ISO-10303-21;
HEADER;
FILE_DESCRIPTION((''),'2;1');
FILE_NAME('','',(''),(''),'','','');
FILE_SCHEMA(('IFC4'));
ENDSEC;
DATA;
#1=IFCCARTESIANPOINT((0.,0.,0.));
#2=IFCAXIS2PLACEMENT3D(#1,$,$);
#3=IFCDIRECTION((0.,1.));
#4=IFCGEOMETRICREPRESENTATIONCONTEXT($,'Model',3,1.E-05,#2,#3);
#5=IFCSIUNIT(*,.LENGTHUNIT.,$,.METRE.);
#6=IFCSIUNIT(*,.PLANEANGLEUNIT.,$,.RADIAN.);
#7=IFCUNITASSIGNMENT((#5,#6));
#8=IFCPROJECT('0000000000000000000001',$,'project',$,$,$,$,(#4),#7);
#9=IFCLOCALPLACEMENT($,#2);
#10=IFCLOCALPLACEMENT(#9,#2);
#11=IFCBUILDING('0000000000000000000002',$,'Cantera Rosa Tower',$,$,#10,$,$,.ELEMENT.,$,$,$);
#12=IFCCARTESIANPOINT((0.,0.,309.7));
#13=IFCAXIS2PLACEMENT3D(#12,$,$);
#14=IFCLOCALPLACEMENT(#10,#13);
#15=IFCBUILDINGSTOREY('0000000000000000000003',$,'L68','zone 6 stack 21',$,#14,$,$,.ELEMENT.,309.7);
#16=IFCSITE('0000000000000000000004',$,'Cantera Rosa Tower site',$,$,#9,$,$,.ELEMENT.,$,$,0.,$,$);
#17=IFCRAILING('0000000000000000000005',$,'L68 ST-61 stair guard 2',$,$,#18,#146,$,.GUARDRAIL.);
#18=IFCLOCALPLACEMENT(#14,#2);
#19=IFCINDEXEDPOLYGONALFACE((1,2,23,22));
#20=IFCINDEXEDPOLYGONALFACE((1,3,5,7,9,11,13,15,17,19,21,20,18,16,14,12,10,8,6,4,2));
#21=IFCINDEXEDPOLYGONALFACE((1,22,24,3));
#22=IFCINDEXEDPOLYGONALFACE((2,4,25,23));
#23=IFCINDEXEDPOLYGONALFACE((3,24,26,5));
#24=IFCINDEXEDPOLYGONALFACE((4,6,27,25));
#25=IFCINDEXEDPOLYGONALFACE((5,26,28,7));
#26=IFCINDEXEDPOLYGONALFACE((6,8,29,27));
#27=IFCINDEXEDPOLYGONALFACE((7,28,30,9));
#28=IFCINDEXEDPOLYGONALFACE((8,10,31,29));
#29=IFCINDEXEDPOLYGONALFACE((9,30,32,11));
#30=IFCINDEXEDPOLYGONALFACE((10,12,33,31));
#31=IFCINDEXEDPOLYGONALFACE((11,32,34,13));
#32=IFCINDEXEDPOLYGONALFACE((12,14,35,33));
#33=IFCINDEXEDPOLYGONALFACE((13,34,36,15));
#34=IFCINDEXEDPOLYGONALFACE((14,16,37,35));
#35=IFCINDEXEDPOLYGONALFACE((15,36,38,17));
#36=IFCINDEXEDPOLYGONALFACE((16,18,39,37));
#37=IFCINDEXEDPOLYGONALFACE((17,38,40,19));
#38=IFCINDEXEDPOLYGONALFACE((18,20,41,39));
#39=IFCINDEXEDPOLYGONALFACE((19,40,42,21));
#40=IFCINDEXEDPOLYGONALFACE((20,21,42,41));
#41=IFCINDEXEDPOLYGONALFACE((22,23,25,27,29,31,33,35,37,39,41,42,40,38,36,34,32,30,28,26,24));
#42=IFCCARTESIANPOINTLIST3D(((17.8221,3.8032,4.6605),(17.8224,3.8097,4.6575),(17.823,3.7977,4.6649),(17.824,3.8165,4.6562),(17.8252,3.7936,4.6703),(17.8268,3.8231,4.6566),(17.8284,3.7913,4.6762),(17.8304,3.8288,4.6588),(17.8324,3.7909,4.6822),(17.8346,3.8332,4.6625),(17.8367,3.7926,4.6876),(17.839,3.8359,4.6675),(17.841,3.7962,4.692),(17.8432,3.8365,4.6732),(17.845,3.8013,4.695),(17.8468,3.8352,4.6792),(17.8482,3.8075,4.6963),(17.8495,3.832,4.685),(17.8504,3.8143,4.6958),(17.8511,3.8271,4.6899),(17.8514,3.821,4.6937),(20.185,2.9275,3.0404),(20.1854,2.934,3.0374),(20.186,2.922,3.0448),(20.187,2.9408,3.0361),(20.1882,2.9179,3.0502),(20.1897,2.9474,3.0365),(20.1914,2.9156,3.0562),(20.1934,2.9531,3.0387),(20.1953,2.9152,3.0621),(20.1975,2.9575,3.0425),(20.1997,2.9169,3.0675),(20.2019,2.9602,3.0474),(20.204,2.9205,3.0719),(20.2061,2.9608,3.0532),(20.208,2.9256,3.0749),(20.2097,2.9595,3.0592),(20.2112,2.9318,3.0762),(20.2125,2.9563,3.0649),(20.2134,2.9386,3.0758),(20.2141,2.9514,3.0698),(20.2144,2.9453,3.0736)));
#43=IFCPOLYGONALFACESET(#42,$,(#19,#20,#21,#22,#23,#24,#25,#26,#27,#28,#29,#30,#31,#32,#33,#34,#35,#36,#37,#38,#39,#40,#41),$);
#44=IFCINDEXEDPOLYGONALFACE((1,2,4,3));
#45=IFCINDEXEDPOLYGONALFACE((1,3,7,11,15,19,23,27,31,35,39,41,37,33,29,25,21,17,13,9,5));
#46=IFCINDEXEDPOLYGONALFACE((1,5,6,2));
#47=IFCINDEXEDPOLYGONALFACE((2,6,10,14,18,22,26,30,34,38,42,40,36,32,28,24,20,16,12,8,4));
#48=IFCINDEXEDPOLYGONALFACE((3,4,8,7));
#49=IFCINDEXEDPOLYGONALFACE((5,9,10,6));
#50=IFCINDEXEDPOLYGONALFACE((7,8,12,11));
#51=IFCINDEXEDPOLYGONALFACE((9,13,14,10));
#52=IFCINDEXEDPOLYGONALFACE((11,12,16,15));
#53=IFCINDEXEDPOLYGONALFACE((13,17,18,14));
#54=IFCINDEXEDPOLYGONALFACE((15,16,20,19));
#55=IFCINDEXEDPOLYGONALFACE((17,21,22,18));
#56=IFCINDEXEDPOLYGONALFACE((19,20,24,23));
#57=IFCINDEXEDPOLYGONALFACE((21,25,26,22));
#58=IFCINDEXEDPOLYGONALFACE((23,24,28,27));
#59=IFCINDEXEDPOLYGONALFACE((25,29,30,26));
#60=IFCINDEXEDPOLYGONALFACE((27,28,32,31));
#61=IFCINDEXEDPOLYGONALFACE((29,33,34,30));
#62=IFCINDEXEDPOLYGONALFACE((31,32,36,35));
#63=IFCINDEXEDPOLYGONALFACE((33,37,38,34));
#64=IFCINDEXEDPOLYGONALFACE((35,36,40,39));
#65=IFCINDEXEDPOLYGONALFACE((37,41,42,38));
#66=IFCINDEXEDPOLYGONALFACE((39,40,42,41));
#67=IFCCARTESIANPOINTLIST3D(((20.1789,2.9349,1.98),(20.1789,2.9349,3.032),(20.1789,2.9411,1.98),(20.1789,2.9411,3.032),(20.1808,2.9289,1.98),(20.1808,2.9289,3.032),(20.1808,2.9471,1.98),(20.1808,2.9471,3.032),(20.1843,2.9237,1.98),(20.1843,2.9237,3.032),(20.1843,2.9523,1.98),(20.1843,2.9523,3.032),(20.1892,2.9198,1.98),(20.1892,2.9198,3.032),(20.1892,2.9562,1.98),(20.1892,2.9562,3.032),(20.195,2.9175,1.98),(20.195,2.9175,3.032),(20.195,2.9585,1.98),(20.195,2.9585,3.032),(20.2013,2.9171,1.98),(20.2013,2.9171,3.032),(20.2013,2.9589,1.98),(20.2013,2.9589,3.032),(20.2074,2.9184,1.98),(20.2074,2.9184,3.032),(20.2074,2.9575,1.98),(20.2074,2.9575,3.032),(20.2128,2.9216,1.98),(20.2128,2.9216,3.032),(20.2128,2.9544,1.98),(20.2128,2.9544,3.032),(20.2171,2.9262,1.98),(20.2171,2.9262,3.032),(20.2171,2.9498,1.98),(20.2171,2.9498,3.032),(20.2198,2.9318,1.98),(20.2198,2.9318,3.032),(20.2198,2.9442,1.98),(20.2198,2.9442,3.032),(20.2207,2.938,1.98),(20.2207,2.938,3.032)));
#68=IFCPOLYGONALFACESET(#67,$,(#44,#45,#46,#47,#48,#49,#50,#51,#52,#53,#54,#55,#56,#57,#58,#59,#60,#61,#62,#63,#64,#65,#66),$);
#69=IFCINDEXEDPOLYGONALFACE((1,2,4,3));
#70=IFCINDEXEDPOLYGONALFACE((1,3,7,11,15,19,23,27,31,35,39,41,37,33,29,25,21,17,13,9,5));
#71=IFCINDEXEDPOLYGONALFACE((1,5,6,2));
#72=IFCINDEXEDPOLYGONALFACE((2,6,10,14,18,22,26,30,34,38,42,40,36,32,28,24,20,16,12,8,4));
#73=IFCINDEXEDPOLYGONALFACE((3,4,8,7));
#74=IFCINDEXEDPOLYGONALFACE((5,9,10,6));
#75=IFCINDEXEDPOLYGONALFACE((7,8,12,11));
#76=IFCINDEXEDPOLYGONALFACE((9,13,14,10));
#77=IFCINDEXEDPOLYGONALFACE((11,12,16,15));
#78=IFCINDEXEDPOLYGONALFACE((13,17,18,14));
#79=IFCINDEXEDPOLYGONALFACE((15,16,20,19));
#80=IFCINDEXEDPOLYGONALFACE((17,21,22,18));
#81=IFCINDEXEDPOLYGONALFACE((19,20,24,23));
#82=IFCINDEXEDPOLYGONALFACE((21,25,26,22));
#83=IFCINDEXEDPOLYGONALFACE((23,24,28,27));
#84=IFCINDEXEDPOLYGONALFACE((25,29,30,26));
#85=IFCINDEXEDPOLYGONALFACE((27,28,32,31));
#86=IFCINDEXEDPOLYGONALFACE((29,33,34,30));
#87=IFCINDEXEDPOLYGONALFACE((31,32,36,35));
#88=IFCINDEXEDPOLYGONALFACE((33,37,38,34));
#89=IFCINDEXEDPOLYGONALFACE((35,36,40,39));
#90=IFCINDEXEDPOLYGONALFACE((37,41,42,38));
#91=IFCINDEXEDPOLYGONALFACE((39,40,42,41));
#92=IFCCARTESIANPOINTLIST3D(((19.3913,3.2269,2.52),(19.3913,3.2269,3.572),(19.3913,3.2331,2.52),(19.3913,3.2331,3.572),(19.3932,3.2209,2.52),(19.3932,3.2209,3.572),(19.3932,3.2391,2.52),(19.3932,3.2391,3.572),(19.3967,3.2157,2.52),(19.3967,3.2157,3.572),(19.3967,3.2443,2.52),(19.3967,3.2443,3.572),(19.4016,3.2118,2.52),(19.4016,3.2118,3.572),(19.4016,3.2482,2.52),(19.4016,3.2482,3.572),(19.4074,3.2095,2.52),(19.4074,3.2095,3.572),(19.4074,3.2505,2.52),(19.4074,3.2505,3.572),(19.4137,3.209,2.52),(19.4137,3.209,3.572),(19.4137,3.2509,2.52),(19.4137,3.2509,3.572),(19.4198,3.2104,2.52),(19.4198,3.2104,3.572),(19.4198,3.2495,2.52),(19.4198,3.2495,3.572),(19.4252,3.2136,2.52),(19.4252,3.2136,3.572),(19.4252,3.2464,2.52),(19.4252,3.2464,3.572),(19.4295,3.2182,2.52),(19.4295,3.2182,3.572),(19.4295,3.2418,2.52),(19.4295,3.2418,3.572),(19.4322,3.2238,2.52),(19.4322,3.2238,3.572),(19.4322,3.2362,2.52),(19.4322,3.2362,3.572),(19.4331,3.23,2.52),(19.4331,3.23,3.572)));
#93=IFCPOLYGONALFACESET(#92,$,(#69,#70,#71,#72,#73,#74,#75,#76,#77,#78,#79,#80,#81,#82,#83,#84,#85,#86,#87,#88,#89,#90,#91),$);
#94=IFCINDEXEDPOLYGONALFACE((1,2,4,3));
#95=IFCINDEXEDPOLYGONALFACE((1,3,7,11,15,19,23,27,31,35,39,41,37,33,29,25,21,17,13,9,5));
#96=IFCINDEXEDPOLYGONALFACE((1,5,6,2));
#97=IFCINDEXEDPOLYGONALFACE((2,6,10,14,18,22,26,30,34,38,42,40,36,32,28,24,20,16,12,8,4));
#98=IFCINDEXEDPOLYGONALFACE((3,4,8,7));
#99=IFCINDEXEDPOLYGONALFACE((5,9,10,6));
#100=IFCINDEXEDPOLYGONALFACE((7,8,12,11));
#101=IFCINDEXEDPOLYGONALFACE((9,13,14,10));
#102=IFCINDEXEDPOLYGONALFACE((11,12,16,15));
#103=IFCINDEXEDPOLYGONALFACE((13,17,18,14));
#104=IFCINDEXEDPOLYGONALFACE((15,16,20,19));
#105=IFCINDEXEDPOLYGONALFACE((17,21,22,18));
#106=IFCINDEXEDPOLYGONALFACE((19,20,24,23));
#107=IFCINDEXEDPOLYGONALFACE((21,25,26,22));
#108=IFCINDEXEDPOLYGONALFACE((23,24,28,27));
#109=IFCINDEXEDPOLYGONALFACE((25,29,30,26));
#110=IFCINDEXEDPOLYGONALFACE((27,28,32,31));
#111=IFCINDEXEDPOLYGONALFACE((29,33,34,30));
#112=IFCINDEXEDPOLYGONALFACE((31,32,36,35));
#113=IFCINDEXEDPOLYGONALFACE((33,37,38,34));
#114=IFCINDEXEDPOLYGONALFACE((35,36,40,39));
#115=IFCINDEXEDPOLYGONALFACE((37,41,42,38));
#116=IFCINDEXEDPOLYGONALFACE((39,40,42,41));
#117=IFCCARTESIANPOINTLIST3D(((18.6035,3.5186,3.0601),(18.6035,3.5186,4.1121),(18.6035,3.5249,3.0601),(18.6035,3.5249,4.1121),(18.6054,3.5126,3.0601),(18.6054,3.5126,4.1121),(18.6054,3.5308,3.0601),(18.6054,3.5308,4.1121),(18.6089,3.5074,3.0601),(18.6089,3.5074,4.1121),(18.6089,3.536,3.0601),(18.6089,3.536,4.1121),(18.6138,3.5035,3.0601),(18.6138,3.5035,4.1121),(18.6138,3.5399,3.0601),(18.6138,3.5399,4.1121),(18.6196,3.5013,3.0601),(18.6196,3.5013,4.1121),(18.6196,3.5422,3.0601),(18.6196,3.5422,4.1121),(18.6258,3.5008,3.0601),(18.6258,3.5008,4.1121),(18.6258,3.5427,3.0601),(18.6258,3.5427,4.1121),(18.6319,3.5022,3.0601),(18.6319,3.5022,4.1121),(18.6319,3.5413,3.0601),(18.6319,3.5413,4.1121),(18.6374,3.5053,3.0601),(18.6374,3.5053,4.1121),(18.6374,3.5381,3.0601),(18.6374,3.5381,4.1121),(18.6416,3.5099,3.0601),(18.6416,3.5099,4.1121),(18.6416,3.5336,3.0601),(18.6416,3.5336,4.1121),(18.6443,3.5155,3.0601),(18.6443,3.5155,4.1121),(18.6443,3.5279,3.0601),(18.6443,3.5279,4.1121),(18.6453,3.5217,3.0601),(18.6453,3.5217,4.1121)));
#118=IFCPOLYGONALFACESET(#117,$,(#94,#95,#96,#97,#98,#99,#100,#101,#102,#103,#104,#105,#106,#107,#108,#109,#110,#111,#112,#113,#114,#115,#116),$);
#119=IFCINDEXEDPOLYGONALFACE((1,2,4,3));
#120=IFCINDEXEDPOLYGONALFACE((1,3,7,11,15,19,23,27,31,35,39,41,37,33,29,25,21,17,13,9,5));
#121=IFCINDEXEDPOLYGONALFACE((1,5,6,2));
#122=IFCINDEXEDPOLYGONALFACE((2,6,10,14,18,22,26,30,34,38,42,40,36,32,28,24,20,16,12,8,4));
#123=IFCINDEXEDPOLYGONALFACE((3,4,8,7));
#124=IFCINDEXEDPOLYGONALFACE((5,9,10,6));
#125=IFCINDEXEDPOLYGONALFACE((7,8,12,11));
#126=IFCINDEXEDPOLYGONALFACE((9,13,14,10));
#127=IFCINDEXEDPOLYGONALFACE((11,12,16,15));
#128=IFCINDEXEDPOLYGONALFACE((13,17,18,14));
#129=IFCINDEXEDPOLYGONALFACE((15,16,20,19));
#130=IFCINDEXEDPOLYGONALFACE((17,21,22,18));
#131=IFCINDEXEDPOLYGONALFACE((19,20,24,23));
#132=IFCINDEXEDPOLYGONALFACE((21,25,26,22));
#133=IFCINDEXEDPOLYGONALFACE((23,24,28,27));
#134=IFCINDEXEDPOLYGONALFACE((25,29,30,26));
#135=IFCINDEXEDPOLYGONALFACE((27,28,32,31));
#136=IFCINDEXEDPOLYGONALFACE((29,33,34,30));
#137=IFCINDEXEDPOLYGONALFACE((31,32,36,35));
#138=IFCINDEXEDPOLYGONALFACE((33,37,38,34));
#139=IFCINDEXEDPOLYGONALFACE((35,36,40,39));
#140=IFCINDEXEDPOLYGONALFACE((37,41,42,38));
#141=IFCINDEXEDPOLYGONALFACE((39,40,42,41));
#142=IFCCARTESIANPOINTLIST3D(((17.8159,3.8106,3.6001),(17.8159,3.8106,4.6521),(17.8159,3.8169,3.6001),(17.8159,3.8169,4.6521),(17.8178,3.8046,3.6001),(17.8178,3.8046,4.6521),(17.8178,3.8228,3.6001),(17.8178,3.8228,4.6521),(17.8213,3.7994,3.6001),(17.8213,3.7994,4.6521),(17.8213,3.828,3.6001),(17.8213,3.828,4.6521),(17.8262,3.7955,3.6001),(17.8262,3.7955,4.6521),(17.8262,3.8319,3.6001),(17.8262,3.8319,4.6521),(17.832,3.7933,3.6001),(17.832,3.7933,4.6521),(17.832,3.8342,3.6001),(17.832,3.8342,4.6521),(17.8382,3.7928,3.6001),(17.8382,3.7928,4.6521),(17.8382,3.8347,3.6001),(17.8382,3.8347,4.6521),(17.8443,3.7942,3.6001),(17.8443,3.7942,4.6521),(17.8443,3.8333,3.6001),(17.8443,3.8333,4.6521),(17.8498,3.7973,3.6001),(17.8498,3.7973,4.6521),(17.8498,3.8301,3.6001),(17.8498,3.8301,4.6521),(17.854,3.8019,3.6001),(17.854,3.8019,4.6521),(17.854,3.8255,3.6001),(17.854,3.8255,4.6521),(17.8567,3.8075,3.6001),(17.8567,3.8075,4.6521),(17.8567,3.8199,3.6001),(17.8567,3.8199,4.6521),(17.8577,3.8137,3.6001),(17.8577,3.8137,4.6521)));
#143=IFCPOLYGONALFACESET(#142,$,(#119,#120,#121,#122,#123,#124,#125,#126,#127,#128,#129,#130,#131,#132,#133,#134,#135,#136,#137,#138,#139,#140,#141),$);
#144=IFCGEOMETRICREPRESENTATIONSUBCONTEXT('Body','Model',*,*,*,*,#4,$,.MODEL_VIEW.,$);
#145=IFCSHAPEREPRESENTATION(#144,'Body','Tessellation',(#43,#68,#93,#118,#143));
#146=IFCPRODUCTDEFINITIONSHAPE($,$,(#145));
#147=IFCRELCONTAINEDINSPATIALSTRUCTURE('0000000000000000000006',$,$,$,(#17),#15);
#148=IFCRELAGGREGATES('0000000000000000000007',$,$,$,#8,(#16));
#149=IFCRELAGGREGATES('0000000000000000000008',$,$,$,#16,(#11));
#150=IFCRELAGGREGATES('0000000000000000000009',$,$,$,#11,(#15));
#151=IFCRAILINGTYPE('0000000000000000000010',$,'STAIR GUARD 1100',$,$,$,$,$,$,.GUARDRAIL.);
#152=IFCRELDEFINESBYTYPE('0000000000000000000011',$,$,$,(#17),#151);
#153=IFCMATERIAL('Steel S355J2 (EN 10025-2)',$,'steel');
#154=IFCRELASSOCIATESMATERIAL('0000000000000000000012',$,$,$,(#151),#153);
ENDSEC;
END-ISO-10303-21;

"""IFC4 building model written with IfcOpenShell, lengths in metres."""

from ifc_helpers import new_model, si_unit, direction, frame, origin, origin_2d, place, context, subcontext, project, spatial, circle, extrude, material, type_object, element, save


model = new_model("IFC4")

# Units and contexts
model_context = context("Model", 3, precision=1e-05, world=origin(), true_north=direction((0.0, 1.0)))
body_context = subcontext(model_context, "Body", "Model", "MODEL_VIEW")
ifc_project = project(units=[si_unit("LENGTHUNIT", "METRE"), si_unit("PLANEANGLEUNIT", "RADIAN")], contexts=[model_context])

# Site, building, storey
site_placement = place(None, origin())
site = spatial("IfcSite", under=ifc_project, at=site_placement, Name="Cantera Rosa Tower site", CompositionType="ELEMENT", RefElevation=0.0)
building_placement = place(site_placement, origin())
building = spatial("IfcBuilding", under=site, at=building_placement, Name="Cantera Rosa Tower", CompositionType="ELEMENT")
storey_placement = place(building_placement, frame((0.0, 0.0, 309.7)))
storey = spatial("IfcBuildingStorey", under=building, at=storey_placement, Name="L68", Description="zone 6 stack 21", CompositionType="ELEMENT", Elevation=309.7)

# Railing
ifc_material_1 = material(Name="Steel S355J2 (EN 10025-2)", Category="steel")
railing_type_1 = type_object("IfcRailingType", Name="STAIR GUARD 1100", PredefinedType="GUARDRAIL", material=ifc_material_1)
railing_1_placement = place(storey_placement, frame((20.1997, 2.938, 1.98)))
element("IfcRailing", 1, at=railing_1_placement, inside=storey, type_object=railing_type_1, Name="L68 ST-61 stair guard 2", PredefinedType="GUARDRAIL", context=body_context, shape_type="SweptSolid", body=[
    extrude(circle(Radius=0.0239, at=origin_2d()), frame((0.0, 0.0, 1.0762), z_axis=(-0.788748, 0.292307, 0.540772), x_axis=(-0.347501, -0.93768, 0.0)), (0.0, 0.0, 1.0), 2.9958),
    extrude(circle(Radius=0.021, at=origin_2d()), origin(), (0.0, 0.0, 1.0), 1.052),
    extrude(circle(Radius=0.021, at=origin_2d()), frame((-0.7876, 0.292, 0.54)), (0.0, 0.0, 1.0), 1.052),
    extrude(circle(Radius=0.021, at=origin_2d()), frame((-1.5754, 0.5837, 1.0801)), (0.0, 0.0, 1.0), 1.052),
    extrude(circle(Radius=0.021, at=origin_2d()), frame((-2.363, 0.8757, 1.6201)), (0.0, 0.0, 1.0), 1.052),
])

save(model, "model.ifc")
